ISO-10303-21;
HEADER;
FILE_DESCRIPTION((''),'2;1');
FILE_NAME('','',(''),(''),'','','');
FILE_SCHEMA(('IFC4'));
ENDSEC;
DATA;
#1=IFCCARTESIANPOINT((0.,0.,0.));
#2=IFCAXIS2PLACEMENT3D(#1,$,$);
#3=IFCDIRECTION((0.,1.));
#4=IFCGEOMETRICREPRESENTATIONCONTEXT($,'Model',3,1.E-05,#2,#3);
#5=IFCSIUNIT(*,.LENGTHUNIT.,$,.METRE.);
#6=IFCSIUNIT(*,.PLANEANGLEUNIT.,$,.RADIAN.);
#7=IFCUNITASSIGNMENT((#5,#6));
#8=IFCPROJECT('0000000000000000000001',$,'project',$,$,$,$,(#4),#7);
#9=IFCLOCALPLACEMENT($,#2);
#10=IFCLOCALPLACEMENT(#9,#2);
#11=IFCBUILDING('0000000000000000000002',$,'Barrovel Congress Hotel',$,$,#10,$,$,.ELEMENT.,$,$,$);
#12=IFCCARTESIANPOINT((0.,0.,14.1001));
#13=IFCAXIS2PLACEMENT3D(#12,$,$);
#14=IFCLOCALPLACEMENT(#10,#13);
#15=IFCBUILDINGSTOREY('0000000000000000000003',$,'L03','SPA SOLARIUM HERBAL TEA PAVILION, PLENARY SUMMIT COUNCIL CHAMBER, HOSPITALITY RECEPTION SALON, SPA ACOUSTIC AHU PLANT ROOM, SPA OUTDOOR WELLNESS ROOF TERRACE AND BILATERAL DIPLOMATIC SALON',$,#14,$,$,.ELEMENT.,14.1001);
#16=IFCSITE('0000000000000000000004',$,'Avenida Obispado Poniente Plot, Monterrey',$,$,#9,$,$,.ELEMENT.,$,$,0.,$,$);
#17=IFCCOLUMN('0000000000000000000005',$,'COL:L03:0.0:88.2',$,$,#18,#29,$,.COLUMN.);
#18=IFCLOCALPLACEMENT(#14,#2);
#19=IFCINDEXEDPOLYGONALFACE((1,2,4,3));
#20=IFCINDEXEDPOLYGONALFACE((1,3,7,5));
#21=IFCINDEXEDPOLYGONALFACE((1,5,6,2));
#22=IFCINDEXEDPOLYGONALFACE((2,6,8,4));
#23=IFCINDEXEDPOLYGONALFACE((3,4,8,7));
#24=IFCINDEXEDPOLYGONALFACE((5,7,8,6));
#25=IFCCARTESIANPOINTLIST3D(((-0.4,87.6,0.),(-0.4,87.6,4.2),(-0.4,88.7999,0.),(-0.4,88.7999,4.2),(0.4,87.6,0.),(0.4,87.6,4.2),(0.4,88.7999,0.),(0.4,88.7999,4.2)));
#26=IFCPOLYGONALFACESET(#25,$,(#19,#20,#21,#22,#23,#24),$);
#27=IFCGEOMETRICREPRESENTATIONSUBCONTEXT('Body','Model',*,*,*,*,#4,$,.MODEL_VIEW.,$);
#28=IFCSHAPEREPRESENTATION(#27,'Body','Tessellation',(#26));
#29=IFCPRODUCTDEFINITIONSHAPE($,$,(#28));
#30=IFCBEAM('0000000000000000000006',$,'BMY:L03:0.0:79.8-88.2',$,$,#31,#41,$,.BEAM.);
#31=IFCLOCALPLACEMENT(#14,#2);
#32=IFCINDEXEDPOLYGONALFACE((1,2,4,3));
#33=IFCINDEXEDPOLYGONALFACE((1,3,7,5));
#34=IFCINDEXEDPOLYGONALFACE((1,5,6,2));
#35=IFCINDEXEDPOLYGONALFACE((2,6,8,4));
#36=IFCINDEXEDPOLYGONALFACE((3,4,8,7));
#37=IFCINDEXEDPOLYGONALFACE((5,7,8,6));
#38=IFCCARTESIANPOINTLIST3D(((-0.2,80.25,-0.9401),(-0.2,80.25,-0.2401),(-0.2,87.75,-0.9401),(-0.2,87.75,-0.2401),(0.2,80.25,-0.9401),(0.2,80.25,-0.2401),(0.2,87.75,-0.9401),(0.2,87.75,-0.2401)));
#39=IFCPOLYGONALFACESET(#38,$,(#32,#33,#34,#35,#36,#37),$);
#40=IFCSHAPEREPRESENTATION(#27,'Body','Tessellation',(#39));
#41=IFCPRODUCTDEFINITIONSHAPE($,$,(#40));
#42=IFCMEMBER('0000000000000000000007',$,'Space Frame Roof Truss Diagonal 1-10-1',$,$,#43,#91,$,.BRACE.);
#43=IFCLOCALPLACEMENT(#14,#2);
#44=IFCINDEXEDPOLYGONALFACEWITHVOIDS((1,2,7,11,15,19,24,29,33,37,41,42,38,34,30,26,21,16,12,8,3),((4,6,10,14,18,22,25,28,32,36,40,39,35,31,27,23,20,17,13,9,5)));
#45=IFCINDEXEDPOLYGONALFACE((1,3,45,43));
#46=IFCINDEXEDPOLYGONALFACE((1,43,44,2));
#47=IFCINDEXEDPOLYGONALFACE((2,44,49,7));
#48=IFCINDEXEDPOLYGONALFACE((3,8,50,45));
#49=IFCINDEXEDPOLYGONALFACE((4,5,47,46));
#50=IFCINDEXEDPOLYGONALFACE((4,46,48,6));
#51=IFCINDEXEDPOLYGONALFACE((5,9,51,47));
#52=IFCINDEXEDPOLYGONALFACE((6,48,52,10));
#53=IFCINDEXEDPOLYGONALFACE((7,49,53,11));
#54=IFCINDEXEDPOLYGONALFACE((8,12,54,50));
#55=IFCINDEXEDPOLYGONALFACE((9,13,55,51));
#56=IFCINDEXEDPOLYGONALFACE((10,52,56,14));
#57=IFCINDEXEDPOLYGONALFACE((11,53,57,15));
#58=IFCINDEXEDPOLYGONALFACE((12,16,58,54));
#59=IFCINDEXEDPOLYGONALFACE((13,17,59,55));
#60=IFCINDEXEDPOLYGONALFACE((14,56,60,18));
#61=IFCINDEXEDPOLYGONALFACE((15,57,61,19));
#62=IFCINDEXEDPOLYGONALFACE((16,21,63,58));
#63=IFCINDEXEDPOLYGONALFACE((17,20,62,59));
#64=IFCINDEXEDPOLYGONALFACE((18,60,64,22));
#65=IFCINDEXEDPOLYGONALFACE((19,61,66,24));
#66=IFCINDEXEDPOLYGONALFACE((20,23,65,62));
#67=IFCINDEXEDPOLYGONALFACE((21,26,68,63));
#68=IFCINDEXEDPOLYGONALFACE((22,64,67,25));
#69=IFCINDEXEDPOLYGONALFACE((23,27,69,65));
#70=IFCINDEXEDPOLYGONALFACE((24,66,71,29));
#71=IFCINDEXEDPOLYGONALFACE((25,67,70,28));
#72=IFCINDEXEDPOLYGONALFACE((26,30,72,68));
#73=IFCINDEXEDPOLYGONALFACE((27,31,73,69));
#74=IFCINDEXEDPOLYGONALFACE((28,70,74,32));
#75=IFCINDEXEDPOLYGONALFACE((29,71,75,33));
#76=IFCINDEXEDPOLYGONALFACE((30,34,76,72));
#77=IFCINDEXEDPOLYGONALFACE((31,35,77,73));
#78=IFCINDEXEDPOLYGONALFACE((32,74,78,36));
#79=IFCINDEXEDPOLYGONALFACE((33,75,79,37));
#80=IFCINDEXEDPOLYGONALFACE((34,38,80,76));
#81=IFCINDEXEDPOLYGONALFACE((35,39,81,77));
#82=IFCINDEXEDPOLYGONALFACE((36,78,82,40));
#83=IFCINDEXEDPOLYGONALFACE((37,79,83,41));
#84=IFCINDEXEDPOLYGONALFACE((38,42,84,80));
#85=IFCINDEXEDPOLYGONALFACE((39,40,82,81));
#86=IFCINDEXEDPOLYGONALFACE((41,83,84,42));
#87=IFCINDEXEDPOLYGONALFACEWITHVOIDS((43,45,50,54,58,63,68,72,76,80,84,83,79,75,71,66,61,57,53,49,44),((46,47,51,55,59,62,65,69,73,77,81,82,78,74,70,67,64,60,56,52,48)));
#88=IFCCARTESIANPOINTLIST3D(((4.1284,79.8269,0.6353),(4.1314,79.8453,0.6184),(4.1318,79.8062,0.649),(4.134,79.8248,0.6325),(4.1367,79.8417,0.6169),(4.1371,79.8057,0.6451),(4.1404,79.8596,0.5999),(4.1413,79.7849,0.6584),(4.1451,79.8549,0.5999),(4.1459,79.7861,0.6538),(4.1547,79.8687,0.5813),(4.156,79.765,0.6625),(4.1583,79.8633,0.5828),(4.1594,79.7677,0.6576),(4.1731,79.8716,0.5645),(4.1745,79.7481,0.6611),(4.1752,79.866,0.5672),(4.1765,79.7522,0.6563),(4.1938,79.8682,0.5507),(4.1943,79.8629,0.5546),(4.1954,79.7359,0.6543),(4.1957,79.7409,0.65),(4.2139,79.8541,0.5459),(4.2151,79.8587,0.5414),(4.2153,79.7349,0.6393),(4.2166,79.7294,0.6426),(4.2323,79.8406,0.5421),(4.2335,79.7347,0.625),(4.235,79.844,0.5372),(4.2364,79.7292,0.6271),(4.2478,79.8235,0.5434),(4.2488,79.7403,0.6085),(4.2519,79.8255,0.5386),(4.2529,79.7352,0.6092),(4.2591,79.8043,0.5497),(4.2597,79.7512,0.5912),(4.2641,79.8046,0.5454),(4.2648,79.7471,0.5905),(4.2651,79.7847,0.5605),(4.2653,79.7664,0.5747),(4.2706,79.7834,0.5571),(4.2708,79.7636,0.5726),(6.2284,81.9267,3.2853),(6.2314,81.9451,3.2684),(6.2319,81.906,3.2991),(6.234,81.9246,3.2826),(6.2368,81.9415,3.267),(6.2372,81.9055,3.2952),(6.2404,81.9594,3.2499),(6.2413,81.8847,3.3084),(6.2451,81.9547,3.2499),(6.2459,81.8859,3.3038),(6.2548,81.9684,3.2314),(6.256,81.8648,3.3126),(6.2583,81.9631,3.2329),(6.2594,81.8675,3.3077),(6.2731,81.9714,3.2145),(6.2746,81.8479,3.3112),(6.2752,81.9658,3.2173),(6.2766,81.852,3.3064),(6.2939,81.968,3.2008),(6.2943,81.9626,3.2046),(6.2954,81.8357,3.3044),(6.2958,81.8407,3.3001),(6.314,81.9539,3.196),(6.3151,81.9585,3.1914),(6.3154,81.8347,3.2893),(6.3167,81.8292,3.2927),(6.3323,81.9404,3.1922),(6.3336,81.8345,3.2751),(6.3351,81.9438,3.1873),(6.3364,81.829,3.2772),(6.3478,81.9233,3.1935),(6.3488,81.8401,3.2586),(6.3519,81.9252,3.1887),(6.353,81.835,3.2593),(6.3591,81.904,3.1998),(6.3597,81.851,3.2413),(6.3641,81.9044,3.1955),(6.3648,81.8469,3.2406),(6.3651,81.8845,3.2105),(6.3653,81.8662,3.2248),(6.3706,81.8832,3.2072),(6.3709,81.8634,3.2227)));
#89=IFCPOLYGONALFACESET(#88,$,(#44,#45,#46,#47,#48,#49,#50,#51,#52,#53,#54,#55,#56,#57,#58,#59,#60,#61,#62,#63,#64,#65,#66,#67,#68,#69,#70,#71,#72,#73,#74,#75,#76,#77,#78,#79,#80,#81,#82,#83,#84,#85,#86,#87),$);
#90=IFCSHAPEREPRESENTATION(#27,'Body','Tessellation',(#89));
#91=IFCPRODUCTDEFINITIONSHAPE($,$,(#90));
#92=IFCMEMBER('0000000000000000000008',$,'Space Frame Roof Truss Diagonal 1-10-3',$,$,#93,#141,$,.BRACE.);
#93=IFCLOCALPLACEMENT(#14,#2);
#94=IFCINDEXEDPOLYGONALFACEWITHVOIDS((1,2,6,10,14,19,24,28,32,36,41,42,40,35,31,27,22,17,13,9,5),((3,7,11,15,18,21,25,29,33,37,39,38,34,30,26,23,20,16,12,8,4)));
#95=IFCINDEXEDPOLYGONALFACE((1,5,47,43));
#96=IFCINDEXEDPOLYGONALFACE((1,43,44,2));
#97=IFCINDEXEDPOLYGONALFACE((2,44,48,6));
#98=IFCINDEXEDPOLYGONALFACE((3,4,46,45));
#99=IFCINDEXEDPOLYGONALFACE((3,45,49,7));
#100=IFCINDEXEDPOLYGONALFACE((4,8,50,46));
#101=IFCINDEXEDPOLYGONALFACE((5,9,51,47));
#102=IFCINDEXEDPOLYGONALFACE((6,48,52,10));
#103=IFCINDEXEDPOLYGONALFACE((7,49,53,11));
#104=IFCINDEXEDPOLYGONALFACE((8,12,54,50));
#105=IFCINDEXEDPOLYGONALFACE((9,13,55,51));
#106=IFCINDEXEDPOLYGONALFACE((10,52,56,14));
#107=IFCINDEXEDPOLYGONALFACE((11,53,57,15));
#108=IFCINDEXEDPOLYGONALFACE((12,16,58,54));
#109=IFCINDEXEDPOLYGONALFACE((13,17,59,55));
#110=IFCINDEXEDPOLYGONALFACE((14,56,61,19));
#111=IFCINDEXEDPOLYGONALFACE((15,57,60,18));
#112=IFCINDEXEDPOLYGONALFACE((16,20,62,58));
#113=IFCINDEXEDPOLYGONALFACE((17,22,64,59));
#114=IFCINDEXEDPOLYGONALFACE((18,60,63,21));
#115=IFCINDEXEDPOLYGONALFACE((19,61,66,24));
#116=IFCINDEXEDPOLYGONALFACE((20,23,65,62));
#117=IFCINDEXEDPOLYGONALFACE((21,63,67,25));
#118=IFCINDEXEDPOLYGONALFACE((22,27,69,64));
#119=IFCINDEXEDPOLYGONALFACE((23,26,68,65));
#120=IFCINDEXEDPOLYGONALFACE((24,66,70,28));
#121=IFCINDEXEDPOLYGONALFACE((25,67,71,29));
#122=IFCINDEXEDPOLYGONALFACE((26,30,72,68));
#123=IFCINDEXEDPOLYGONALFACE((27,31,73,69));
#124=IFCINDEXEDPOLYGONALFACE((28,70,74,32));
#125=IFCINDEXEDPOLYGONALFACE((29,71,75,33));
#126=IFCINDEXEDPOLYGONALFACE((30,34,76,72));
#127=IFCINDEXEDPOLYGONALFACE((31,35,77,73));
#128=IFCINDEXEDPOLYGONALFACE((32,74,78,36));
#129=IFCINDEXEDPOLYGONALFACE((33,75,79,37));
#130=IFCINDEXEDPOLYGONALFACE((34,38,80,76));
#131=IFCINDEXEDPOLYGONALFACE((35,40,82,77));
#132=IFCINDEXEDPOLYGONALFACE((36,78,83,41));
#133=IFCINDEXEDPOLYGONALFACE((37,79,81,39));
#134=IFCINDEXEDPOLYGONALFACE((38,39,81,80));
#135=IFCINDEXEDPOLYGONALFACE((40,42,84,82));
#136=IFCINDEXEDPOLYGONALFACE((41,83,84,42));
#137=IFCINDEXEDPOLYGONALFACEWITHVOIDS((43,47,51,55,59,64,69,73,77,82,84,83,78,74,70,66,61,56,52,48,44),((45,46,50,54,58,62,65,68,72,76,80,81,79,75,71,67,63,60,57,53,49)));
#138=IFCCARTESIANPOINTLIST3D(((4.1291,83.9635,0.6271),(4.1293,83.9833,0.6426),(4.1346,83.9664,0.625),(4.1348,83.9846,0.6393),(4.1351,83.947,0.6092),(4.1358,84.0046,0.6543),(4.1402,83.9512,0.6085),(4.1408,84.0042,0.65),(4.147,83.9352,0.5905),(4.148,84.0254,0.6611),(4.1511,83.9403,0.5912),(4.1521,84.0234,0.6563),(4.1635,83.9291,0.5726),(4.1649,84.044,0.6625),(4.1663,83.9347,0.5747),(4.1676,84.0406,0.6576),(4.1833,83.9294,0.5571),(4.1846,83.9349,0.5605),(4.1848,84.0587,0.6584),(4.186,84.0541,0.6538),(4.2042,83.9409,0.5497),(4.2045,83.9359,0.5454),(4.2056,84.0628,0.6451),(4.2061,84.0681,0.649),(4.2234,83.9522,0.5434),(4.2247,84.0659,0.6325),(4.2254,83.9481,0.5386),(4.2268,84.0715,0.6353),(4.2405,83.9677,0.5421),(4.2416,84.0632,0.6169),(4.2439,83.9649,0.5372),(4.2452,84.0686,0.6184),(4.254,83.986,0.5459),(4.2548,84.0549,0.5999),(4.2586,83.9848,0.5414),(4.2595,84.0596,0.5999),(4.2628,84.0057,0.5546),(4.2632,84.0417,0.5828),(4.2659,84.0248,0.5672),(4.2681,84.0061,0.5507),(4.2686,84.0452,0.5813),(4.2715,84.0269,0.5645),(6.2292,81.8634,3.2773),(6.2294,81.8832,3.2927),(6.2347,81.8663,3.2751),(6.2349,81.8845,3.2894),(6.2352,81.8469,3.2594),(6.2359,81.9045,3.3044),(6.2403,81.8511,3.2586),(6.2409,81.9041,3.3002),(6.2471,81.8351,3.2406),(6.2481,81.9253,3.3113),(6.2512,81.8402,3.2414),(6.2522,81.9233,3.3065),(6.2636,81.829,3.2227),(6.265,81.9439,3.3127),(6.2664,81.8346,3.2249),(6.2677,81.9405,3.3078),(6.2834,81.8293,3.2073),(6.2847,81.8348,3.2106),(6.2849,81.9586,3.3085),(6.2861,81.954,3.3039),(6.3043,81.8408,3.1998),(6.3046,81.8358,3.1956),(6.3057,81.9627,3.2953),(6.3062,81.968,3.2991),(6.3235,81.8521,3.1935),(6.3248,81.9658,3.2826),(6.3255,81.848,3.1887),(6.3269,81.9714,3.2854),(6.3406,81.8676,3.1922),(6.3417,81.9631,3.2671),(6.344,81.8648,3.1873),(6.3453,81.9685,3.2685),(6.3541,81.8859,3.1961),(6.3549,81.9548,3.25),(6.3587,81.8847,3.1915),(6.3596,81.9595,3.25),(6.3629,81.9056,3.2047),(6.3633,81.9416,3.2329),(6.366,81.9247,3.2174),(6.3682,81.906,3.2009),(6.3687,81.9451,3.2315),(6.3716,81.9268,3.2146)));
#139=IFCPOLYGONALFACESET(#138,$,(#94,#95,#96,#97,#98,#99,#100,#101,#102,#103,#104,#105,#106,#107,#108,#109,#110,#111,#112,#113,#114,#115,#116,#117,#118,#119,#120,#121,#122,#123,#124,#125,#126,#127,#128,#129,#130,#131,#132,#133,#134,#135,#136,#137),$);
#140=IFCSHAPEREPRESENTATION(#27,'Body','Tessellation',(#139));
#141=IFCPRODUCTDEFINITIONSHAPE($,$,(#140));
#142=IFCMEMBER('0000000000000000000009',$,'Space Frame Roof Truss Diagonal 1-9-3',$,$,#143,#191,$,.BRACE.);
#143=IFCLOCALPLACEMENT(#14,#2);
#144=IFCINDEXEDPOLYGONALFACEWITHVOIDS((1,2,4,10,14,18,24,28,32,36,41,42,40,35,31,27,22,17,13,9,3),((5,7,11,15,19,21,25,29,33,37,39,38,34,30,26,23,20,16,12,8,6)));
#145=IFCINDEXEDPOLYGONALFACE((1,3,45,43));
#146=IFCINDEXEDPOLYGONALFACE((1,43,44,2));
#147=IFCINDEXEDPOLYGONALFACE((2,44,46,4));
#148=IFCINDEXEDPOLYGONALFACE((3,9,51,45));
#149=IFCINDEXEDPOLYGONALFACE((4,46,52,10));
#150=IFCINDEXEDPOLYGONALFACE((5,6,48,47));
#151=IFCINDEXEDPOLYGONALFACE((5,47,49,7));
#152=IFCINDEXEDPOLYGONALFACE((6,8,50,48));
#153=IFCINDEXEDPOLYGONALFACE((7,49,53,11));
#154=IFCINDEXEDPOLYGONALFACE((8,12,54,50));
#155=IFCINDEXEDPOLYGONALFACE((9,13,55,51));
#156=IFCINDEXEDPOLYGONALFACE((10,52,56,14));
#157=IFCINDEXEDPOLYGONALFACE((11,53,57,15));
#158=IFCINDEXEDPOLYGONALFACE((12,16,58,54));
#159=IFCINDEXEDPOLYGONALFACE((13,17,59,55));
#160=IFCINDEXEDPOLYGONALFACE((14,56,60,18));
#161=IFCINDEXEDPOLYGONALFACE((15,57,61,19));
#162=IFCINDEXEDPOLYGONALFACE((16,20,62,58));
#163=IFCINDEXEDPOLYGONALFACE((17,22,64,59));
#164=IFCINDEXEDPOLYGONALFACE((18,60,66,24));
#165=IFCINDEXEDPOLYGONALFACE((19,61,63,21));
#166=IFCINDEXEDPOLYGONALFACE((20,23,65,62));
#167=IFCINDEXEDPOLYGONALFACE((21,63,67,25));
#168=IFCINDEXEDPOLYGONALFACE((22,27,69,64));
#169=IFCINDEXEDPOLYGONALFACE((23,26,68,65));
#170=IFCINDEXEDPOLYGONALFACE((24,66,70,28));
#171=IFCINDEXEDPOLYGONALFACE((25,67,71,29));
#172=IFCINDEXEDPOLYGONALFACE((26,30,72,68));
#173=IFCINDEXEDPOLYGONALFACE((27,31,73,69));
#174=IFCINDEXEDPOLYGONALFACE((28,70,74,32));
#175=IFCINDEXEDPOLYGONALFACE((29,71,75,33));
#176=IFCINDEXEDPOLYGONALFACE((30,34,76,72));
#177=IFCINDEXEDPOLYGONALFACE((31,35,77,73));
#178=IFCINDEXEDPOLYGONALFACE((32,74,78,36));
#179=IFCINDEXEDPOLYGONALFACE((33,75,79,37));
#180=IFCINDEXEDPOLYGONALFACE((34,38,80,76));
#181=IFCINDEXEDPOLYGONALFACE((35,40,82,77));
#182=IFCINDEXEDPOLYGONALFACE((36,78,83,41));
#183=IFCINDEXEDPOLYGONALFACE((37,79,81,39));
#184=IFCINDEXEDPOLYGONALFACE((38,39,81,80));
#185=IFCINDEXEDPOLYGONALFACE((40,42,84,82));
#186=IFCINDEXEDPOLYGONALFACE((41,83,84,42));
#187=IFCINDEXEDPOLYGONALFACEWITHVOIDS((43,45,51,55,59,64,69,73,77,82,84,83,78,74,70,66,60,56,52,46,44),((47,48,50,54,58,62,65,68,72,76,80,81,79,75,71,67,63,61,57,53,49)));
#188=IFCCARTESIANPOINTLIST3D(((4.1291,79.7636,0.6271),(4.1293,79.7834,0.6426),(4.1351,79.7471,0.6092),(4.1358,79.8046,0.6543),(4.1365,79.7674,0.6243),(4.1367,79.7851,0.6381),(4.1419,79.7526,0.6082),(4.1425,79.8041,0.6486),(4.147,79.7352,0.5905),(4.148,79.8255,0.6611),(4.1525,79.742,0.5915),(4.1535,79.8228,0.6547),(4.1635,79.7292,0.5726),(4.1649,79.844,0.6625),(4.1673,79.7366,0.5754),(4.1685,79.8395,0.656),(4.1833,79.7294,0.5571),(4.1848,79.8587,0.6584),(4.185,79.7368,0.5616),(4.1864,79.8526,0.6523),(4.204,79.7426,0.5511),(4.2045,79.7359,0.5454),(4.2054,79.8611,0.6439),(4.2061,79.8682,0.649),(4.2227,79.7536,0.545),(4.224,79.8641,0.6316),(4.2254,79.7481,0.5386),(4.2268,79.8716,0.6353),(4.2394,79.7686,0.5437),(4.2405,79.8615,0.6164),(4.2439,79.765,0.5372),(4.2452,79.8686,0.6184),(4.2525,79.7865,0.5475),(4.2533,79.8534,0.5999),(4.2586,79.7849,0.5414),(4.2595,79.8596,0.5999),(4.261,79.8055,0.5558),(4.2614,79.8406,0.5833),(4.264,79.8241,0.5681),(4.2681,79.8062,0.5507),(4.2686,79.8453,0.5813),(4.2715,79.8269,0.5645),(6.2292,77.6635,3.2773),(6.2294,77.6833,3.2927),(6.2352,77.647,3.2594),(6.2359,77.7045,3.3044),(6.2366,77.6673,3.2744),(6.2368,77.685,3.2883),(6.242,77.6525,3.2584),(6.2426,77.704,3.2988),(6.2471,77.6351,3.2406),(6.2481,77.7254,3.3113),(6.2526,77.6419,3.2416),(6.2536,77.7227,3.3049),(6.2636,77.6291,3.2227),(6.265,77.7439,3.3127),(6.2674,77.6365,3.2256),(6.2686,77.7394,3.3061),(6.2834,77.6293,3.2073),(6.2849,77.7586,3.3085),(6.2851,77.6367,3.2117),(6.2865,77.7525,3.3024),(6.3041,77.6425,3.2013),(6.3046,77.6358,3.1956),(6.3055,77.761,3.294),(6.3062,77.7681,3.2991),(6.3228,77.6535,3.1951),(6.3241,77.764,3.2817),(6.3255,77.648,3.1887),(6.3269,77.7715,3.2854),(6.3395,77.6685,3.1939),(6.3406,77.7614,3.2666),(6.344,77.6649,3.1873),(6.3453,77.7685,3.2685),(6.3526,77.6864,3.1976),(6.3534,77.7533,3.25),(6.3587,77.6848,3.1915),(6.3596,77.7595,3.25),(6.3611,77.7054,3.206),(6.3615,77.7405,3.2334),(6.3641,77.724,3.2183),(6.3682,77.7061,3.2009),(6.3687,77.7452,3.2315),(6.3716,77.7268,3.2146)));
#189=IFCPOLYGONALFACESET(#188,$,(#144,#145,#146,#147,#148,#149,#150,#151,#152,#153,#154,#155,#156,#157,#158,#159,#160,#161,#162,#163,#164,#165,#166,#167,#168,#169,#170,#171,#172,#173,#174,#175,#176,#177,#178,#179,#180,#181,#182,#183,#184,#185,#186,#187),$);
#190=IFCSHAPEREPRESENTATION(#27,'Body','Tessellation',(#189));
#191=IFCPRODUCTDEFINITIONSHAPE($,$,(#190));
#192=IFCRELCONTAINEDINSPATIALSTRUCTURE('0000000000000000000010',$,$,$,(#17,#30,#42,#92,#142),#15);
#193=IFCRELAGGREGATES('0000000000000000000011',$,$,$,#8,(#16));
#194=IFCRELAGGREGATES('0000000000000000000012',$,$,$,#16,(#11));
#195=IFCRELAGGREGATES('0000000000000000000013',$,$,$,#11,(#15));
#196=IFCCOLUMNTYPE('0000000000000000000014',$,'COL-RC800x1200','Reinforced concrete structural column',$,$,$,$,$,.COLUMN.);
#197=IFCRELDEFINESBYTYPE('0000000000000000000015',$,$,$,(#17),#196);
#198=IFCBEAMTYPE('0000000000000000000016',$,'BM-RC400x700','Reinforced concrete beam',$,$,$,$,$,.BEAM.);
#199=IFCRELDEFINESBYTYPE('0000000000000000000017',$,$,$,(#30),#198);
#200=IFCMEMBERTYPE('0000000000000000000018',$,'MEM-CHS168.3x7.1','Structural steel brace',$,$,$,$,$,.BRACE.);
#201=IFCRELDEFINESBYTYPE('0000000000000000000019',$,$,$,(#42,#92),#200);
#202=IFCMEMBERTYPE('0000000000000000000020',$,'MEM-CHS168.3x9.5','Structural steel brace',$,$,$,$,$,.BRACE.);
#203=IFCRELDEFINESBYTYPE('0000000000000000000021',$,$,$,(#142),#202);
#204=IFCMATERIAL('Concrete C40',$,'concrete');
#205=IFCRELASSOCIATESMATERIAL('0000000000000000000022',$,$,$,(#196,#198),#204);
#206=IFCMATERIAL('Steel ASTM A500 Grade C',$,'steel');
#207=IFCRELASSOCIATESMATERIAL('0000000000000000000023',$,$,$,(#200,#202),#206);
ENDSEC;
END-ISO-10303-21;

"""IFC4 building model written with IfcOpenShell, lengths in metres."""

from ifc_helpers import new_model, si_unit, direction, frame, origin, origin_2d, place, context, subcontext, project, spatial, rectangle, hollow_circle, extrude, material, material_profile, profile_set, type_object, element, save


model = new_model("IFC4")

# Units and contexts
model_context = context("Model", 3, precision=1e-05, world=origin(), true_north=direction((0.0, 1.0)))
body_context = subcontext(model_context, "Body", "Model", "MODEL_VIEW")
ifc_project = project(units=[si_unit("LENGTHUNIT", "METRE"), si_unit("PLANEANGLEUNIT", "RADIAN")], contexts=[model_context])

# Site, building, storey
site_placement = place(None, origin())
site = spatial("IfcSite", under=ifc_project, at=site_placement, Name="Avenida Obispado Poniente Plot, Monterrey", CompositionType="ELEMENT", RefElevation=0.0)
building_placement = place(site_placement, origin())
building = spatial("IfcBuilding", under=site, at=building_placement, Name="Barrovel Congress Hotel", CompositionType="ELEMENT")
storey_placement = place(building_placement, frame((0.0, 0.0, 14.1001)))
storey = spatial("IfcBuildingStorey", under=building, at=storey_placement, Name="L03", Description="SPA SOLARIUM HERBAL TEA PAVILION, PLENARY SUMMIT COUNCIL CHAMBER, HOSPITALITY RECEPTION SALON, SPA ACOUSTIC AHU PLANT ROOM, SPA OUTDOOR WELLNESS ROOF TERRACE AND BILATERAL DIPLOMATIC SALON", CompositionType="ELEMENT", Elevation=14.1001)

# Column
ifc_material_1 = material(Name="Concrete C40", Category="concrete")
ifc_material_profile_1 = material_profile(ifc_material_1, rectangle(XDim=0.8, YDim=1.2, at=origin_2d()), Name="RC800x1200")
ifc_profile_set_1 = profile_set([ifc_material_profile_1], Name="Concrete C40")
column_type = type_object("IfcColumnType", Name="COL-RC800x1200", Description="Reinforced concrete structural column", PredefinedType="COLUMN", material=ifc_profile_set_1)
column_placement = place(storey_placement, frame((0.0, 88.2, 0.0), z_axis=(0.0, 0.0, 1.0), x_axis=(1.0, 0.0, 0.0)))
element("IfcColumn", 1, at=column_placement, inside=storey, type_object=column_type, Name="COL:L03:0.0:88.2", PredefinedType="COLUMN", context=body_context, shape_type="SweptSolid", body=[
    extrude(rectangle(XDim=0.8, YDim=1.2, at=origin_2d()), origin(), (0.0, 0.0, 1.0), 4.2),
])

# Beam
ifc_material_profile_2 = material_profile(ifc_material_1, rectangle(XDim=0.3999, YDim=0.7, at=origin_2d()), Name="RC400x700")
ifc_profile_set_2 = profile_set([ifc_material_profile_2], Name="Concrete C40")
beam_type_1 = type_object("IfcBeamType", Name="BM-RC400x700", Description="Reinforced concrete beam", PredefinedType="BEAM", material=ifc_profile_set_2)
beam_1_placement = place(storey_placement, frame((0.0, 80.25, -0.5901), z_axis=(0.0, 1.0, 0.0), x_axis=(-1.0, 0.0, 0.0)))
element("IfcBeam", 2, at=beam_1_placement, inside=storey, type_object=beam_type_1, Name="BMY:L03:0.0:79.8-88.2", PredefinedType="BEAM", context=body_context, shape_type="SweptSolid", body=[
    extrude(rectangle(XDim=0.3999, YDim=0.7, at=origin_2d()), origin(), (0.0, 0.0, 1.0), 7.5),
])

# Members
ifc_material_2 = material(Name="Steel ASTM A500 Grade C", Category="steel")
ifc_material_profile_3 = material_profile(ifc_material_2, hollow_circle(Radius=0.0842, WallThickness=0.0066, at=origin_2d()), Name="CHS168.3x7.1")
ifc_profile_set_3 = profile_set([ifc_material_profile_3], Name="Steel ASTM A500 Grade C")
member_type_1 = type_object("IfcMemberType", Name="MEM-CHS168.3x7.1", Description="Structural steel brace", PredefinedType="BRACE", material=ifc_profile_set_3)
member_1_placement = place(storey_placement, frame((4.2, 79.8, 0.5999), z_axis=(0.527618, 0.527557, 0.66581), x_axis=(-0.707066, 0.707148, 0.0)))
element("IfcMember", 3, at=member_1_placement, inside=storey, type_object=member_type_1, Name="Space Frame Roof Truss Diagonal 1-10-1", PredefinedType="BRACE", context=body_context, shape_type="SweptSolid", body=[
    extrude(hollow_circle(Radius=0.0842, WallThickness=0.0066, at=origin_2d()), origin(), (0.0, 0.0, 1.0), 3.9802),
])
member_2_placement = place(storey_placement, frame((4.2, 84.0, 0.5999), z_axis=(0.527601, -0.527601, 0.665788), x_axis=(0.707107, 0.707107, 0.0)))
element("IfcMember", 4, at=member_2_placement, inside=storey, type_object=member_type_1, Name="Space Frame Roof Truss Diagonal 1-10-3", PredefinedType="BRACE", context=body_context, shape_type="SweptSolid", body=[
    extrude(hollow_circle(Radius=0.0842, WallThickness=0.0066, at=origin_2d()), origin(), (0.0, 0.0, 1.0), 3.9805),
])
ifc_material_profile_4 = material_profile(ifc_material_2, hollow_circle(Radius=0.0842, WallThickness=0.0088, at=origin_2d()), Name="CHS168.3x9.5")
ifc_profile_set_4 = profile_set([ifc_material_profile_4], Name="Steel ASTM A500 Grade C")
member_type_2 = type_object("IfcMemberType", Name="MEM-CHS168.3x9.5", Description="Structural steel brace", PredefinedType="BRACE", material=ifc_profile_set_4)
for number, where, z_axis, x_axis, name in (
    (5, (4.2, 79.8, 0.5999), (0.527601, -0.527601, 0.665788), (0.707107, 0.707107, 0.0), "Space Frame Roof Truss Diagonal 1-9-3"),
):
    element("IfcMember", number, at=place(storey_placement, frame(where, z_axis=z_axis, x_axis=x_axis)), inside=storey, type_object=member_type_2, Name=name, PredefinedType="BRACE", context=body_context, shape_type="SweptSolid", body=[
        extrude(hollow_circle(Radius=0.0842, WallThickness=0.0088, at=origin_2d()), origin(), (0.0, 0.0, 1.0), 3.9805),
    ])

save(model, "model.ifc")
